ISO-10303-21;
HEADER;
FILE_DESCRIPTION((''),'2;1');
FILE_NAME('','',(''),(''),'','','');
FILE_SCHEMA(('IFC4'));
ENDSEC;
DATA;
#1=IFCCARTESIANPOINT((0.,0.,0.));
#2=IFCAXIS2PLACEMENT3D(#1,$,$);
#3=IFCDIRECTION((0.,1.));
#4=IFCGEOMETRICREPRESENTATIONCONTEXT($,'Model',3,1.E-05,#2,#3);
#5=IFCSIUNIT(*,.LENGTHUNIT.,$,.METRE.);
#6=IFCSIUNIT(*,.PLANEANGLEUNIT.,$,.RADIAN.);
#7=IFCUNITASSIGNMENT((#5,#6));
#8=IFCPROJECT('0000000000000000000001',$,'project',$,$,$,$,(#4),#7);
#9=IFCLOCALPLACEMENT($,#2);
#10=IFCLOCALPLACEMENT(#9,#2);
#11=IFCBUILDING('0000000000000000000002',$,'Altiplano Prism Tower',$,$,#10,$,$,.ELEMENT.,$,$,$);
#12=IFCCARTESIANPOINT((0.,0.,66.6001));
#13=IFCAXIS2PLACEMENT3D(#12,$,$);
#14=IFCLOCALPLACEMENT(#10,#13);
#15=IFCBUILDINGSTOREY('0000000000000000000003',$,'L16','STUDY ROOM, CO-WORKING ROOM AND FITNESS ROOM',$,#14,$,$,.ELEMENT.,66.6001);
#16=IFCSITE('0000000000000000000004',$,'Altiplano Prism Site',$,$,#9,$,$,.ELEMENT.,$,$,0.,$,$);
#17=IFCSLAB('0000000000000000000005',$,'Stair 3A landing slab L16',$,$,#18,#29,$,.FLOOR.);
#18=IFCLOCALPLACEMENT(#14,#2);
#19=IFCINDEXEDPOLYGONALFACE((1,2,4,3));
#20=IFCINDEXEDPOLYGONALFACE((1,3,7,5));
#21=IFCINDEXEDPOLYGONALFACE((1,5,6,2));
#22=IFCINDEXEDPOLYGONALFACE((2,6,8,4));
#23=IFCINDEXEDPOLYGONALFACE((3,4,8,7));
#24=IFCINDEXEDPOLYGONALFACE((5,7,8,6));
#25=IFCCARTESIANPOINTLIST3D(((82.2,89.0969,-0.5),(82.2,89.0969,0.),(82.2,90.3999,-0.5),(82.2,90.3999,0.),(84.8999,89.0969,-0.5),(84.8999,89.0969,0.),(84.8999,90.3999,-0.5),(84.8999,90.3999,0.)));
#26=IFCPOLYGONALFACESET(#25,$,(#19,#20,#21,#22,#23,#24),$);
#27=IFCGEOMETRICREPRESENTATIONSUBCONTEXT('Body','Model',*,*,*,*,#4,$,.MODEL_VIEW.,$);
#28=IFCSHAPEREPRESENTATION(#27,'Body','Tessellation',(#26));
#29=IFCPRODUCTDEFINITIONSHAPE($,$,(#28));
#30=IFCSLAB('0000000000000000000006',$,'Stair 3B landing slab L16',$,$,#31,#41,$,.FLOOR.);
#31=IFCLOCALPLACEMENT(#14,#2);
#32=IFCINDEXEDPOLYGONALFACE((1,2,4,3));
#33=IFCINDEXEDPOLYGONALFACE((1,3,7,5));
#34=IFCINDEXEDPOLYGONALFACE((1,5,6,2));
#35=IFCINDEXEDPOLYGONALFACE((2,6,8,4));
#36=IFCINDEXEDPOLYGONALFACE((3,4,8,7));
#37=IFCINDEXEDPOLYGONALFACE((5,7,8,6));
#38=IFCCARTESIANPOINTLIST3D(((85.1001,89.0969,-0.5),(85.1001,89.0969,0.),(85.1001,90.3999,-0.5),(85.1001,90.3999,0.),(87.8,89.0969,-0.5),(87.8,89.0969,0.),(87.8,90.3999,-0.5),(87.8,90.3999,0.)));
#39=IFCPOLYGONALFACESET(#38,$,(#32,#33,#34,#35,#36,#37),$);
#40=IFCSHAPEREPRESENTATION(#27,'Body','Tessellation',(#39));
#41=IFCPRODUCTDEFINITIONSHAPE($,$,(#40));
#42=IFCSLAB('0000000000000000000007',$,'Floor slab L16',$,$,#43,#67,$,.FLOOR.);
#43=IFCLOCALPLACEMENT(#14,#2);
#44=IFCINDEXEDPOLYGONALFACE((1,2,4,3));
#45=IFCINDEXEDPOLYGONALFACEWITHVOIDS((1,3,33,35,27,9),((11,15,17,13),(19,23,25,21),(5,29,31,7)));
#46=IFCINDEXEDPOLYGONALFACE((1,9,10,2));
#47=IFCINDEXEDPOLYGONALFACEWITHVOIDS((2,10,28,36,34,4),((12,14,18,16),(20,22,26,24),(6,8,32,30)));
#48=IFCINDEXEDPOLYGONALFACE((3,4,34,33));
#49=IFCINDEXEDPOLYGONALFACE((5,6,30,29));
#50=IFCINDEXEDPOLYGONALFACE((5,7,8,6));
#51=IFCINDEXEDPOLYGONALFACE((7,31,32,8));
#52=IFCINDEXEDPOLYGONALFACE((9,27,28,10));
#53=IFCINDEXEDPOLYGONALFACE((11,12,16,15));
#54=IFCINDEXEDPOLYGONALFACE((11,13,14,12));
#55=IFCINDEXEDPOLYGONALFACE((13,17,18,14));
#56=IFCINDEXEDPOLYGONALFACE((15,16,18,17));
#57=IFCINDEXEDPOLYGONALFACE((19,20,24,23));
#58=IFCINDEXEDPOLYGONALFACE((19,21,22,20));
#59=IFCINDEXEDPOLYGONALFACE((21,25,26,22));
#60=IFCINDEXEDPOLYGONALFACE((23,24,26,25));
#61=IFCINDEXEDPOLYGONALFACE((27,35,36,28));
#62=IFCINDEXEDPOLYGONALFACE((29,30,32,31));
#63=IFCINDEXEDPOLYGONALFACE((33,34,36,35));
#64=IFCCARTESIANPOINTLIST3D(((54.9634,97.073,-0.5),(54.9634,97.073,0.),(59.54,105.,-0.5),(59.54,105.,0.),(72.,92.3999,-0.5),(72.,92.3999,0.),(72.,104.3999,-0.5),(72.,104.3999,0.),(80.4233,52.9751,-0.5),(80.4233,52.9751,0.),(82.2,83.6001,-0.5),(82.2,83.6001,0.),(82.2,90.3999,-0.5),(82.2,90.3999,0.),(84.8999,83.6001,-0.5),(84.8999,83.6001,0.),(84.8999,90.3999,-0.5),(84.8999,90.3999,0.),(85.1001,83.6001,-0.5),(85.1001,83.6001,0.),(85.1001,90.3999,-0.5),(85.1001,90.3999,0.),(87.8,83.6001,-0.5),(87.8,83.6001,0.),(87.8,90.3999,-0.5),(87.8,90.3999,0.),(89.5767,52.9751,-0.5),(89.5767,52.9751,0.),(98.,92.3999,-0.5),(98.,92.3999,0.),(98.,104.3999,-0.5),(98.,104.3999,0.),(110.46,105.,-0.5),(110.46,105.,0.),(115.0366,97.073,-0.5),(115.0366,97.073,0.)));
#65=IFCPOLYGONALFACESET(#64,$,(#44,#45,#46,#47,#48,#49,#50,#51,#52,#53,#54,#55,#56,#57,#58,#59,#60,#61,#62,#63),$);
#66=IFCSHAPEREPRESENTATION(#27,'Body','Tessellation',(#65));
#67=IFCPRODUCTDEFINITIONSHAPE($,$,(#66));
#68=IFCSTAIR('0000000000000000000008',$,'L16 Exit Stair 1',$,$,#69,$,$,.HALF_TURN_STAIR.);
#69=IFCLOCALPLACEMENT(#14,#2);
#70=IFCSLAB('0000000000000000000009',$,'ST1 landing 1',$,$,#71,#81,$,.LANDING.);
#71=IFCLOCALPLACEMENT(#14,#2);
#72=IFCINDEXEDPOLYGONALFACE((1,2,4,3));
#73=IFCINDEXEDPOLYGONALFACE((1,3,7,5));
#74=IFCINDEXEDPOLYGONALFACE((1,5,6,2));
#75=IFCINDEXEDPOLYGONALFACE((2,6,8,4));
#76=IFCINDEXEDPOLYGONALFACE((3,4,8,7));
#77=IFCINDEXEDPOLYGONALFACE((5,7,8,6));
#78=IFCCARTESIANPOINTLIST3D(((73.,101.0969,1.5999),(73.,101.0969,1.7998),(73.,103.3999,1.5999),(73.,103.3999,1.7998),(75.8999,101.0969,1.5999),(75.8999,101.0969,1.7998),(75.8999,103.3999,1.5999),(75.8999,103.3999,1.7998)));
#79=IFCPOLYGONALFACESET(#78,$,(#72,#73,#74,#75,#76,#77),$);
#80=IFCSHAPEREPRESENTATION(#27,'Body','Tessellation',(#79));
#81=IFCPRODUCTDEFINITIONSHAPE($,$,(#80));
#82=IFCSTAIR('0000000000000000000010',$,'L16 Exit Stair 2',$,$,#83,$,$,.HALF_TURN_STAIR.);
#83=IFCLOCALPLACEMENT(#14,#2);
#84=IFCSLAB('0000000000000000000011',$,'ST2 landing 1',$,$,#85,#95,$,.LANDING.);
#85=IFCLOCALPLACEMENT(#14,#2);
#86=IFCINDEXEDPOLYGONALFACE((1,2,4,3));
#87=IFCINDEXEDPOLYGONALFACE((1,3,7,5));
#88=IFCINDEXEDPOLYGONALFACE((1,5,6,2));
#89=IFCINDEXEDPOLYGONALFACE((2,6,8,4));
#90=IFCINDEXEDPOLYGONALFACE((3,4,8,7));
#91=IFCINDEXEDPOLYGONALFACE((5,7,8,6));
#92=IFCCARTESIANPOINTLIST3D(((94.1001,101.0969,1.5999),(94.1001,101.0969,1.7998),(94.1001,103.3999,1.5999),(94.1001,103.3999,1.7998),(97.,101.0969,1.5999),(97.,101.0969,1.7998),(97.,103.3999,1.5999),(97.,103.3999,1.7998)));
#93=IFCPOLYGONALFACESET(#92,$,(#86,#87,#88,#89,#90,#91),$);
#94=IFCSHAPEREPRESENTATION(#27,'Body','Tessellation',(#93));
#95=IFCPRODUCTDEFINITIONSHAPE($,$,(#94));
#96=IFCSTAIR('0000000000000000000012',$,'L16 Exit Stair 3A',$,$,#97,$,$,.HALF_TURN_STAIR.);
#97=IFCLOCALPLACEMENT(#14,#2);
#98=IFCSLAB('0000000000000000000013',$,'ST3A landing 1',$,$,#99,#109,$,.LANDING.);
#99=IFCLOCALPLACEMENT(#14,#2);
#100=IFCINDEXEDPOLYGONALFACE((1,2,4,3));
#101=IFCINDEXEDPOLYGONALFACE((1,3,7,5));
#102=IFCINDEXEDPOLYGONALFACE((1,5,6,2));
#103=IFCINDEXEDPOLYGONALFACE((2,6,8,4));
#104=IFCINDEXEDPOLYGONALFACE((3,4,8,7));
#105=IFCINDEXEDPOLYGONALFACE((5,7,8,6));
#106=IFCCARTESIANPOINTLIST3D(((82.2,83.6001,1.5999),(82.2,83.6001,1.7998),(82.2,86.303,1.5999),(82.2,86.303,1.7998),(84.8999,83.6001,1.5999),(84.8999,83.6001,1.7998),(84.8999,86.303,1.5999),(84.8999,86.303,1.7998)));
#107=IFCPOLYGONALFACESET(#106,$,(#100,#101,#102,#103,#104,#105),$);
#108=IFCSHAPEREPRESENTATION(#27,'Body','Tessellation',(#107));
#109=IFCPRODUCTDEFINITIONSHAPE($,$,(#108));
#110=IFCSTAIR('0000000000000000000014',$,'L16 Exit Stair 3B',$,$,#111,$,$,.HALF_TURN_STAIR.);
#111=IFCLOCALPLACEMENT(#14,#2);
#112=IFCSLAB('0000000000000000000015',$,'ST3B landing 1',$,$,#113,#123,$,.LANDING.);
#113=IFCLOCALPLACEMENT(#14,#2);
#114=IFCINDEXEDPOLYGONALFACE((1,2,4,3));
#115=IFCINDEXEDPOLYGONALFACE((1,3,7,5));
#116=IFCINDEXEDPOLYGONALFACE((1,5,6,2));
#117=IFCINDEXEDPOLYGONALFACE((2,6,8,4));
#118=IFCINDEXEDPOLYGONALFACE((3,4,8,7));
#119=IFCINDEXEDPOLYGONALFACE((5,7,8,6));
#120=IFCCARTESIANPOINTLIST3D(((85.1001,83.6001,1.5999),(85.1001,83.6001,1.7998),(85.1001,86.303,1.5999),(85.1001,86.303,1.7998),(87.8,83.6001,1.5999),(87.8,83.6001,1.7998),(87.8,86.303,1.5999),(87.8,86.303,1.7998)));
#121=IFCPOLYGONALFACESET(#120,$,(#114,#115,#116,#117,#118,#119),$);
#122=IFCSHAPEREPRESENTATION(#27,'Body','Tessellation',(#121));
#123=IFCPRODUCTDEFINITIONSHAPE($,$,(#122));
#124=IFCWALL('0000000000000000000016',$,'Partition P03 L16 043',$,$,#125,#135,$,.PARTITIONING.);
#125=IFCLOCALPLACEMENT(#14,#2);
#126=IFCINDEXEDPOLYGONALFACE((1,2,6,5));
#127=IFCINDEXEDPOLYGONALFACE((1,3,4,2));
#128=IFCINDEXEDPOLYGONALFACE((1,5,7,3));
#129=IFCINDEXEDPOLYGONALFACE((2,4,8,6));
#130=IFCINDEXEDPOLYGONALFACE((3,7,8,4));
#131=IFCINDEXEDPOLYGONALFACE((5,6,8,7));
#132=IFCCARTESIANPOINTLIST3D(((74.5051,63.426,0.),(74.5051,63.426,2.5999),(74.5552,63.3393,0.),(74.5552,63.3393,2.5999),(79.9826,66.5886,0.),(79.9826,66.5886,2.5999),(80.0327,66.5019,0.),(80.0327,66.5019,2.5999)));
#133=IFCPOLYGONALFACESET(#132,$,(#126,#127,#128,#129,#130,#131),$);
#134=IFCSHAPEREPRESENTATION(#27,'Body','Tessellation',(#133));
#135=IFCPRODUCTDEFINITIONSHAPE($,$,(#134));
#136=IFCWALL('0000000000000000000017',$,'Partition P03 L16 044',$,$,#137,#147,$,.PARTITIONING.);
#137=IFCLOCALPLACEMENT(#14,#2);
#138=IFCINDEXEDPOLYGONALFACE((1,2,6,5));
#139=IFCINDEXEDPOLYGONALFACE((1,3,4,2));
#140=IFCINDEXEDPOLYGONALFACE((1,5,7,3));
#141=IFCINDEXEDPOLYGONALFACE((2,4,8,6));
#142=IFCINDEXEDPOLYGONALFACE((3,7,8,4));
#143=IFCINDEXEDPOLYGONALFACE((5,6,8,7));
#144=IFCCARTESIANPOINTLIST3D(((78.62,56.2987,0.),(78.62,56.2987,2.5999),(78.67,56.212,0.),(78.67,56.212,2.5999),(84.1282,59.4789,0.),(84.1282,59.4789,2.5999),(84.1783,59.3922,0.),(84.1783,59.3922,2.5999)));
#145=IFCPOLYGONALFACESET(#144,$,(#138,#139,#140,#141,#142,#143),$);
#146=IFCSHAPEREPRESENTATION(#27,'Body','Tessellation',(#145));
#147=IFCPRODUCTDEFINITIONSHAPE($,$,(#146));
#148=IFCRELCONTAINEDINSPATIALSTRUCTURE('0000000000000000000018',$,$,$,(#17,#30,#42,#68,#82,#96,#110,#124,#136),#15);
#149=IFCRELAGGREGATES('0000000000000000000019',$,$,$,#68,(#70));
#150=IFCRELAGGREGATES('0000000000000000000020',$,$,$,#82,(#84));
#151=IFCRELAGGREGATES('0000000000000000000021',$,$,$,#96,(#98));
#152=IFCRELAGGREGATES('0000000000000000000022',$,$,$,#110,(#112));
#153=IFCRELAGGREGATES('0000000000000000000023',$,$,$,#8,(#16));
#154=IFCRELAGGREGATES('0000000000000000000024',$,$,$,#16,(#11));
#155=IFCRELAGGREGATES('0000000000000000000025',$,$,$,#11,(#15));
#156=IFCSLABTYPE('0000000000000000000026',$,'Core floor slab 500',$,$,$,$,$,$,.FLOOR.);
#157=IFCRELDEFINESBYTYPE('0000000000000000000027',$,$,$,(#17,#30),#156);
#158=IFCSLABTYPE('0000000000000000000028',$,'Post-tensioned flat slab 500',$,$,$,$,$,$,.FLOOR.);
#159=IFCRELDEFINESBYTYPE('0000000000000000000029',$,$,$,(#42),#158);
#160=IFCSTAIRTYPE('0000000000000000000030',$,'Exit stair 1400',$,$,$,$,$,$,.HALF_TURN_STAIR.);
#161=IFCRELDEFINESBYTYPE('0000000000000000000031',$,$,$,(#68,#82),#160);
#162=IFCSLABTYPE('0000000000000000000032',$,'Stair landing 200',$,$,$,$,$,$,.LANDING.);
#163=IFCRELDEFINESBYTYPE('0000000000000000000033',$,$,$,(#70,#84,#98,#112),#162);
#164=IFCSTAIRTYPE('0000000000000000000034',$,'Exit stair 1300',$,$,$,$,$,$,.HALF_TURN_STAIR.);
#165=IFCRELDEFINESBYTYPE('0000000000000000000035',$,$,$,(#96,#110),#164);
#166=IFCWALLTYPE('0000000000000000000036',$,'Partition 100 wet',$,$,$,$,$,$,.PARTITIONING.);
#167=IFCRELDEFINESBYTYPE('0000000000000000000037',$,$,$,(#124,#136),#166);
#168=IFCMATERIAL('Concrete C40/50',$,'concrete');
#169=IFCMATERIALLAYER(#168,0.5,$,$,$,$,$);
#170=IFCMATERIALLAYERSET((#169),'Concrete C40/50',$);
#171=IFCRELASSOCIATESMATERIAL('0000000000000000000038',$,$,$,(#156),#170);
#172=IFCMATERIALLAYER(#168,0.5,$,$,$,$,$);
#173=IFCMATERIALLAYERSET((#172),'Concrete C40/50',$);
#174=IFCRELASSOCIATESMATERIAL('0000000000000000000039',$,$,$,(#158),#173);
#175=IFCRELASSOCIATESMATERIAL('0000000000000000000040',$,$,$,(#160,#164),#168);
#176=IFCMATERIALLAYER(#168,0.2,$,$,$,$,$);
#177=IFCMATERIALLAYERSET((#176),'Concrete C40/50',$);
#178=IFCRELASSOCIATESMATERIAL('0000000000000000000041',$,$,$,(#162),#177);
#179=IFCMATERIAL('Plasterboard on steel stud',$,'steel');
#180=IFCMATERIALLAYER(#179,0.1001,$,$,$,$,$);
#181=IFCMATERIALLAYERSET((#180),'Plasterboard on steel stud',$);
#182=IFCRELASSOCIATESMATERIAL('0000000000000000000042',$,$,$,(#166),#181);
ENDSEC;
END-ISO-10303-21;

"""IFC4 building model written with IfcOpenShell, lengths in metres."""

from ifc_helpers import new_model, si_unit, direction, frame, frame_2d, origin, place, context, subcontext, project, spatial, polyline, rectangle, outline, extrude, material, layer, layer_set, type_object, element, aggregate, save


model = new_model("IFC4")

# Units and contexts
model_context = context("Model", 3, precision=1e-05, world=origin(), true_north=direction((0.0, 1.0)))
body_context = subcontext(model_context, "Body", "Model", "MODEL_VIEW")
ifc_project = project(units=[si_unit("LENGTHUNIT", "METRE"), si_unit("PLANEANGLEUNIT", "RADIAN")], contexts=[model_context])

# Site, building, storey
site_placement = place(None, origin())
site = spatial("IfcSite", under=ifc_project, at=site_placement, Name="Altiplano Prism Site", CompositionType="ELEMENT", RefElevation=0.0)
building_placement = place(site_placement, origin())
building = spatial("IfcBuilding", under=site, at=building_placement, Name="Altiplano Prism Tower", CompositionType="ELEMENT")
storey_placement = place(building_placement, frame((0.0, 0.0, 66.6001)))
storey = spatial("IfcBuildingStorey", under=building, at=storey_placement, Name="L16", Description="STUDY ROOM, CO-WORKING ROOM AND FITNESS ROOM", CompositionType="ELEMENT", Elevation=66.6001)

# Slabs
ifc_material_1 = material(Name="Concrete C40/50", Category="concrete")
ifc_layer_1 = layer(ifc_material_1, 0.5)
ifc_layer_set_1 = layer_set([ifc_layer_1], Name="Concrete C40/50")
slab_type_1 = type_object("IfcSlabType", Name="Core floor slab 500", PredefinedType="FLOOR", material=ifc_layer_set_1)
slab_1_placement = place(storey_placement, frame((0.0, 0.0, -0.5)))
element("IfcSlab", 1, at=slab_1_placement, inside=storey, type_object=slab_type_1, Name="Stair 3A landing slab L16", PredefinedType="FLOOR", context=body_context, shape_type="SweptSolid", body=[
    extrude(outline(polyline([(82.2, 89.0969), (84.8999, 89.0969), (84.8999, 90.3999), (82.2, 90.3999), (82.2, 89.0969)])), origin(), (0.0, 0.0, 1.0), 0.5),
])
slab_2_placement = place(storey_placement, frame((0.0, 0.0, -0.5)))
element("IfcSlab", 2, at=slab_2_placement, inside=storey, type_object=slab_type_1, Name="Stair 3B landing slab L16", PredefinedType="FLOOR", context=body_context, shape_type="SweptSolid", body=[
    extrude(outline(polyline([(85.1001, 89.0969), (87.8, 89.0969), (87.8, 90.3999), (85.1001, 90.3999), (85.1001, 89.0969)])), origin(), (0.0, 0.0, 1.0), 0.5),
])
ifc_layer_2 = layer(ifc_material_1, 0.5)
ifc_layer_set_2 = layer_set([ifc_layer_2], Name="Concrete C40/50")
slab_type_2 = type_object("IfcSlabType", Name="Post-tensioned flat slab 500", PredefinedType="FLOOR", material=ifc_layer_set_2)
slab_3_placement = place(storey_placement, frame((0.0, 0.0, -0.5)))
element("IfcSlab", 3, at=slab_3_placement, inside=storey, type_object=slab_type_2, Name="Floor slab L16", PredefinedType="FLOOR", context=body_context, shape_type="SweptSolid", body=[
    extrude(outline(polyline([(80.4233, 52.9751), (54.9634, 97.073), (59.54, 105.0), (110.46, 105.0), (115.0366, 97.073), (89.5767, 52.9751), (80.4233, 52.9751)]), holes=[polyline([(72.0, 104.3999), (72.0, 92.3999), (98.0, 92.3999), (98.0, 104.3999), (72.0, 104.3999)]), polyline([(84.8999, 90.3999), (82.2, 90.3999), (82.2, 83.6001), (84.8999, 83.6001), (84.8999, 90.3999)]), polyline([(87.8, 83.6001), (87.8, 90.3999), (85.1001, 90.3999), (85.1001, 83.6001), (87.8, 83.6001)])]), origin(), (0.0, 0.0, 1.0), 0.5),
])

# Stairs, slabs
stair_type_1 = type_object("IfcStairType", Name="Exit stair 1400", PredefinedType="HALF_TURN_STAIR", material=ifc_material_1)
stair_1_placement = place(storey_placement, origin())
stair_1 = element("IfcStair", 4, at=stair_1_placement, inside=storey, type_object=stair_type_1, Name="L16 Exit Stair 1", PredefinedType="HALF_TURN_STAIR")
ifc_layer_3 = layer(ifc_material_1, 0.2)
ifc_layer_set_3 = layer_set([ifc_layer_3], Name="Concrete C40/50")
slab_type_3 = type_object("IfcSlabType", Name="Stair landing 200", PredefinedType="LANDING", material=ifc_layer_set_3)
slab_4_placement = place(storey_placement, frame((0.0, 0.0, 1.5999)))
slab_4 = element("IfcSlab", 5, at=slab_4_placement, type_object=slab_type_3, Name="ST1 landing 1", PredefinedType="LANDING", context=body_context, shape_type="SweptSolid", body=[
    extrude(outline(polyline([(75.8999, 101.0969), (75.8999, 103.3999), (73.0, 103.3999), (73.0, 101.0969), (75.8999, 101.0969)])), origin(), (0.0, 0.0, 1.0), 0.2),
])
aggregate(stair_1, [slab_4])
stair_2_placement = place(storey_placement, origin())
stair_2 = element("IfcStair", 6, at=stair_2_placement, inside=storey, type_object=stair_type_1, Name="L16 Exit Stair 2", PredefinedType="HALF_TURN_STAIR")
slab_5_placement = place(storey_placement, frame((0.0, 0.0, 1.5999)))
slab_5 = element("IfcSlab", 7, at=slab_5_placement, type_object=slab_type_3, Name="ST2 landing 1", PredefinedType="LANDING", context=body_context, shape_type="SweptSolid", body=[
    extrude(outline(polyline([(97.0, 101.0969), (97.0, 103.3999), (94.1001, 103.3999), (94.1001, 101.0969), (97.0, 101.0969)])), origin(), (0.0, 0.0, 1.0), 0.2),
])
aggregate(stair_2, [slab_5])
stair_type_2 = type_object("IfcStairType", Name="Exit stair 1300", PredefinedType="HALF_TURN_STAIR", material=ifc_material_1)
stair_3_placement = place(storey_placement, origin())
stair_3 = element("IfcStair", 8, at=stair_3_placement, inside=storey, type_object=stair_type_2, Name="L16 Exit Stair 3A", PredefinedType="HALF_TURN_STAIR")
slab_6_placement = place(storey_placement, frame((0.0, 0.0, 1.5999)))
slab_6 = element("IfcSlab", 9, at=slab_6_placement, type_object=slab_type_3, Name="ST3A landing 1", PredefinedType="LANDING", context=body_context, shape_type="SweptSolid", body=[
    extrude(outline(polyline([(82.2, 86.303), (82.2, 83.6001), (84.8999, 83.6001), (84.8999, 86.303), (82.2, 86.303)])), origin(), (0.0, 0.0, 1.0), 0.2),
])
aggregate(stair_3, [slab_6])
stair_4_placement = place(storey_placement, origin())
stair_4 = element("IfcStair", 10, at=stair_4_placement, inside=storey, type_object=stair_type_2, Name="L16 Exit Stair 3B", PredefinedType="HALF_TURN_STAIR")
slab_7_placement = place(storey_placement, frame((0.0, 0.0, 1.5999)))
slab_7 = element("IfcSlab", 11, at=slab_7_placement, type_object=slab_type_3, Name="ST3B landing 1", PredefinedType="LANDING", context=body_context, shape_type="SweptSolid", body=[
    extrude(outline(polyline([(85.1001, 86.303), (85.1001, 83.6001), (87.8, 83.6001), (87.8, 86.303), (85.1001, 86.303)])), origin(), (0.0, 0.0, 1.0), 0.2),
])
aggregate(stair_4, [slab_7])

# Walls
ifc_material_2 = material(Name="Plasterboard on steel stud", Category="steel")
ifc_layer_4 = layer(ifc_material_2, 0.1001)
ifc_layer_set_4 = layer_set([ifc_layer_4], Name="Plasterboard on steel stud")
wall_type = type_object("IfcWallType", Name="Partition 100 wet", PredefinedType="PARTITIONING", material=ifc_layer_set_4)
wall_1_placement = place(storey_placement, frame((74.53, 63.3826, 0.0), z_axis=(0.0, 0.0, 1.0), x_axis=(0.866016, 0.500016, 0.0)))
element("IfcWall", 12, at=wall_1_placement, inside=storey, type_object=wall_type, Name="Partition P03 L16 043", PredefinedType="PARTITIONING", context=body_context, shape_type="SweptSolid", body=[
    extrude(rectangle(XDim=6.325, YDim=0.1001, at=frame_2d((3.1626, 0.0))), origin(), (0.0, 0.0, 1.0), 2.5999),
])
wall_2_placement = place(storey_placement, frame((78.645, 56.2554, 0.0), z_axis=(0.0, 0.0, 1.0), x_axis=(0.866028, 0.499995, 0.0)))
element("IfcWall", 13, at=wall_2_placement, inside=storey, type_object=wall_type, Name="Partition P03 L16 044", PredefinedType="PARTITIONING", context=body_context, shape_type="SweptSolid", body=[
    extrude(rectangle(XDim=6.3604, YDim=0.1001, at=frame_2d((3.1802, 0.0))), origin(), (0.0, 0.0, 1.0), 2.5999),
])

save(model, "model.ifc")
